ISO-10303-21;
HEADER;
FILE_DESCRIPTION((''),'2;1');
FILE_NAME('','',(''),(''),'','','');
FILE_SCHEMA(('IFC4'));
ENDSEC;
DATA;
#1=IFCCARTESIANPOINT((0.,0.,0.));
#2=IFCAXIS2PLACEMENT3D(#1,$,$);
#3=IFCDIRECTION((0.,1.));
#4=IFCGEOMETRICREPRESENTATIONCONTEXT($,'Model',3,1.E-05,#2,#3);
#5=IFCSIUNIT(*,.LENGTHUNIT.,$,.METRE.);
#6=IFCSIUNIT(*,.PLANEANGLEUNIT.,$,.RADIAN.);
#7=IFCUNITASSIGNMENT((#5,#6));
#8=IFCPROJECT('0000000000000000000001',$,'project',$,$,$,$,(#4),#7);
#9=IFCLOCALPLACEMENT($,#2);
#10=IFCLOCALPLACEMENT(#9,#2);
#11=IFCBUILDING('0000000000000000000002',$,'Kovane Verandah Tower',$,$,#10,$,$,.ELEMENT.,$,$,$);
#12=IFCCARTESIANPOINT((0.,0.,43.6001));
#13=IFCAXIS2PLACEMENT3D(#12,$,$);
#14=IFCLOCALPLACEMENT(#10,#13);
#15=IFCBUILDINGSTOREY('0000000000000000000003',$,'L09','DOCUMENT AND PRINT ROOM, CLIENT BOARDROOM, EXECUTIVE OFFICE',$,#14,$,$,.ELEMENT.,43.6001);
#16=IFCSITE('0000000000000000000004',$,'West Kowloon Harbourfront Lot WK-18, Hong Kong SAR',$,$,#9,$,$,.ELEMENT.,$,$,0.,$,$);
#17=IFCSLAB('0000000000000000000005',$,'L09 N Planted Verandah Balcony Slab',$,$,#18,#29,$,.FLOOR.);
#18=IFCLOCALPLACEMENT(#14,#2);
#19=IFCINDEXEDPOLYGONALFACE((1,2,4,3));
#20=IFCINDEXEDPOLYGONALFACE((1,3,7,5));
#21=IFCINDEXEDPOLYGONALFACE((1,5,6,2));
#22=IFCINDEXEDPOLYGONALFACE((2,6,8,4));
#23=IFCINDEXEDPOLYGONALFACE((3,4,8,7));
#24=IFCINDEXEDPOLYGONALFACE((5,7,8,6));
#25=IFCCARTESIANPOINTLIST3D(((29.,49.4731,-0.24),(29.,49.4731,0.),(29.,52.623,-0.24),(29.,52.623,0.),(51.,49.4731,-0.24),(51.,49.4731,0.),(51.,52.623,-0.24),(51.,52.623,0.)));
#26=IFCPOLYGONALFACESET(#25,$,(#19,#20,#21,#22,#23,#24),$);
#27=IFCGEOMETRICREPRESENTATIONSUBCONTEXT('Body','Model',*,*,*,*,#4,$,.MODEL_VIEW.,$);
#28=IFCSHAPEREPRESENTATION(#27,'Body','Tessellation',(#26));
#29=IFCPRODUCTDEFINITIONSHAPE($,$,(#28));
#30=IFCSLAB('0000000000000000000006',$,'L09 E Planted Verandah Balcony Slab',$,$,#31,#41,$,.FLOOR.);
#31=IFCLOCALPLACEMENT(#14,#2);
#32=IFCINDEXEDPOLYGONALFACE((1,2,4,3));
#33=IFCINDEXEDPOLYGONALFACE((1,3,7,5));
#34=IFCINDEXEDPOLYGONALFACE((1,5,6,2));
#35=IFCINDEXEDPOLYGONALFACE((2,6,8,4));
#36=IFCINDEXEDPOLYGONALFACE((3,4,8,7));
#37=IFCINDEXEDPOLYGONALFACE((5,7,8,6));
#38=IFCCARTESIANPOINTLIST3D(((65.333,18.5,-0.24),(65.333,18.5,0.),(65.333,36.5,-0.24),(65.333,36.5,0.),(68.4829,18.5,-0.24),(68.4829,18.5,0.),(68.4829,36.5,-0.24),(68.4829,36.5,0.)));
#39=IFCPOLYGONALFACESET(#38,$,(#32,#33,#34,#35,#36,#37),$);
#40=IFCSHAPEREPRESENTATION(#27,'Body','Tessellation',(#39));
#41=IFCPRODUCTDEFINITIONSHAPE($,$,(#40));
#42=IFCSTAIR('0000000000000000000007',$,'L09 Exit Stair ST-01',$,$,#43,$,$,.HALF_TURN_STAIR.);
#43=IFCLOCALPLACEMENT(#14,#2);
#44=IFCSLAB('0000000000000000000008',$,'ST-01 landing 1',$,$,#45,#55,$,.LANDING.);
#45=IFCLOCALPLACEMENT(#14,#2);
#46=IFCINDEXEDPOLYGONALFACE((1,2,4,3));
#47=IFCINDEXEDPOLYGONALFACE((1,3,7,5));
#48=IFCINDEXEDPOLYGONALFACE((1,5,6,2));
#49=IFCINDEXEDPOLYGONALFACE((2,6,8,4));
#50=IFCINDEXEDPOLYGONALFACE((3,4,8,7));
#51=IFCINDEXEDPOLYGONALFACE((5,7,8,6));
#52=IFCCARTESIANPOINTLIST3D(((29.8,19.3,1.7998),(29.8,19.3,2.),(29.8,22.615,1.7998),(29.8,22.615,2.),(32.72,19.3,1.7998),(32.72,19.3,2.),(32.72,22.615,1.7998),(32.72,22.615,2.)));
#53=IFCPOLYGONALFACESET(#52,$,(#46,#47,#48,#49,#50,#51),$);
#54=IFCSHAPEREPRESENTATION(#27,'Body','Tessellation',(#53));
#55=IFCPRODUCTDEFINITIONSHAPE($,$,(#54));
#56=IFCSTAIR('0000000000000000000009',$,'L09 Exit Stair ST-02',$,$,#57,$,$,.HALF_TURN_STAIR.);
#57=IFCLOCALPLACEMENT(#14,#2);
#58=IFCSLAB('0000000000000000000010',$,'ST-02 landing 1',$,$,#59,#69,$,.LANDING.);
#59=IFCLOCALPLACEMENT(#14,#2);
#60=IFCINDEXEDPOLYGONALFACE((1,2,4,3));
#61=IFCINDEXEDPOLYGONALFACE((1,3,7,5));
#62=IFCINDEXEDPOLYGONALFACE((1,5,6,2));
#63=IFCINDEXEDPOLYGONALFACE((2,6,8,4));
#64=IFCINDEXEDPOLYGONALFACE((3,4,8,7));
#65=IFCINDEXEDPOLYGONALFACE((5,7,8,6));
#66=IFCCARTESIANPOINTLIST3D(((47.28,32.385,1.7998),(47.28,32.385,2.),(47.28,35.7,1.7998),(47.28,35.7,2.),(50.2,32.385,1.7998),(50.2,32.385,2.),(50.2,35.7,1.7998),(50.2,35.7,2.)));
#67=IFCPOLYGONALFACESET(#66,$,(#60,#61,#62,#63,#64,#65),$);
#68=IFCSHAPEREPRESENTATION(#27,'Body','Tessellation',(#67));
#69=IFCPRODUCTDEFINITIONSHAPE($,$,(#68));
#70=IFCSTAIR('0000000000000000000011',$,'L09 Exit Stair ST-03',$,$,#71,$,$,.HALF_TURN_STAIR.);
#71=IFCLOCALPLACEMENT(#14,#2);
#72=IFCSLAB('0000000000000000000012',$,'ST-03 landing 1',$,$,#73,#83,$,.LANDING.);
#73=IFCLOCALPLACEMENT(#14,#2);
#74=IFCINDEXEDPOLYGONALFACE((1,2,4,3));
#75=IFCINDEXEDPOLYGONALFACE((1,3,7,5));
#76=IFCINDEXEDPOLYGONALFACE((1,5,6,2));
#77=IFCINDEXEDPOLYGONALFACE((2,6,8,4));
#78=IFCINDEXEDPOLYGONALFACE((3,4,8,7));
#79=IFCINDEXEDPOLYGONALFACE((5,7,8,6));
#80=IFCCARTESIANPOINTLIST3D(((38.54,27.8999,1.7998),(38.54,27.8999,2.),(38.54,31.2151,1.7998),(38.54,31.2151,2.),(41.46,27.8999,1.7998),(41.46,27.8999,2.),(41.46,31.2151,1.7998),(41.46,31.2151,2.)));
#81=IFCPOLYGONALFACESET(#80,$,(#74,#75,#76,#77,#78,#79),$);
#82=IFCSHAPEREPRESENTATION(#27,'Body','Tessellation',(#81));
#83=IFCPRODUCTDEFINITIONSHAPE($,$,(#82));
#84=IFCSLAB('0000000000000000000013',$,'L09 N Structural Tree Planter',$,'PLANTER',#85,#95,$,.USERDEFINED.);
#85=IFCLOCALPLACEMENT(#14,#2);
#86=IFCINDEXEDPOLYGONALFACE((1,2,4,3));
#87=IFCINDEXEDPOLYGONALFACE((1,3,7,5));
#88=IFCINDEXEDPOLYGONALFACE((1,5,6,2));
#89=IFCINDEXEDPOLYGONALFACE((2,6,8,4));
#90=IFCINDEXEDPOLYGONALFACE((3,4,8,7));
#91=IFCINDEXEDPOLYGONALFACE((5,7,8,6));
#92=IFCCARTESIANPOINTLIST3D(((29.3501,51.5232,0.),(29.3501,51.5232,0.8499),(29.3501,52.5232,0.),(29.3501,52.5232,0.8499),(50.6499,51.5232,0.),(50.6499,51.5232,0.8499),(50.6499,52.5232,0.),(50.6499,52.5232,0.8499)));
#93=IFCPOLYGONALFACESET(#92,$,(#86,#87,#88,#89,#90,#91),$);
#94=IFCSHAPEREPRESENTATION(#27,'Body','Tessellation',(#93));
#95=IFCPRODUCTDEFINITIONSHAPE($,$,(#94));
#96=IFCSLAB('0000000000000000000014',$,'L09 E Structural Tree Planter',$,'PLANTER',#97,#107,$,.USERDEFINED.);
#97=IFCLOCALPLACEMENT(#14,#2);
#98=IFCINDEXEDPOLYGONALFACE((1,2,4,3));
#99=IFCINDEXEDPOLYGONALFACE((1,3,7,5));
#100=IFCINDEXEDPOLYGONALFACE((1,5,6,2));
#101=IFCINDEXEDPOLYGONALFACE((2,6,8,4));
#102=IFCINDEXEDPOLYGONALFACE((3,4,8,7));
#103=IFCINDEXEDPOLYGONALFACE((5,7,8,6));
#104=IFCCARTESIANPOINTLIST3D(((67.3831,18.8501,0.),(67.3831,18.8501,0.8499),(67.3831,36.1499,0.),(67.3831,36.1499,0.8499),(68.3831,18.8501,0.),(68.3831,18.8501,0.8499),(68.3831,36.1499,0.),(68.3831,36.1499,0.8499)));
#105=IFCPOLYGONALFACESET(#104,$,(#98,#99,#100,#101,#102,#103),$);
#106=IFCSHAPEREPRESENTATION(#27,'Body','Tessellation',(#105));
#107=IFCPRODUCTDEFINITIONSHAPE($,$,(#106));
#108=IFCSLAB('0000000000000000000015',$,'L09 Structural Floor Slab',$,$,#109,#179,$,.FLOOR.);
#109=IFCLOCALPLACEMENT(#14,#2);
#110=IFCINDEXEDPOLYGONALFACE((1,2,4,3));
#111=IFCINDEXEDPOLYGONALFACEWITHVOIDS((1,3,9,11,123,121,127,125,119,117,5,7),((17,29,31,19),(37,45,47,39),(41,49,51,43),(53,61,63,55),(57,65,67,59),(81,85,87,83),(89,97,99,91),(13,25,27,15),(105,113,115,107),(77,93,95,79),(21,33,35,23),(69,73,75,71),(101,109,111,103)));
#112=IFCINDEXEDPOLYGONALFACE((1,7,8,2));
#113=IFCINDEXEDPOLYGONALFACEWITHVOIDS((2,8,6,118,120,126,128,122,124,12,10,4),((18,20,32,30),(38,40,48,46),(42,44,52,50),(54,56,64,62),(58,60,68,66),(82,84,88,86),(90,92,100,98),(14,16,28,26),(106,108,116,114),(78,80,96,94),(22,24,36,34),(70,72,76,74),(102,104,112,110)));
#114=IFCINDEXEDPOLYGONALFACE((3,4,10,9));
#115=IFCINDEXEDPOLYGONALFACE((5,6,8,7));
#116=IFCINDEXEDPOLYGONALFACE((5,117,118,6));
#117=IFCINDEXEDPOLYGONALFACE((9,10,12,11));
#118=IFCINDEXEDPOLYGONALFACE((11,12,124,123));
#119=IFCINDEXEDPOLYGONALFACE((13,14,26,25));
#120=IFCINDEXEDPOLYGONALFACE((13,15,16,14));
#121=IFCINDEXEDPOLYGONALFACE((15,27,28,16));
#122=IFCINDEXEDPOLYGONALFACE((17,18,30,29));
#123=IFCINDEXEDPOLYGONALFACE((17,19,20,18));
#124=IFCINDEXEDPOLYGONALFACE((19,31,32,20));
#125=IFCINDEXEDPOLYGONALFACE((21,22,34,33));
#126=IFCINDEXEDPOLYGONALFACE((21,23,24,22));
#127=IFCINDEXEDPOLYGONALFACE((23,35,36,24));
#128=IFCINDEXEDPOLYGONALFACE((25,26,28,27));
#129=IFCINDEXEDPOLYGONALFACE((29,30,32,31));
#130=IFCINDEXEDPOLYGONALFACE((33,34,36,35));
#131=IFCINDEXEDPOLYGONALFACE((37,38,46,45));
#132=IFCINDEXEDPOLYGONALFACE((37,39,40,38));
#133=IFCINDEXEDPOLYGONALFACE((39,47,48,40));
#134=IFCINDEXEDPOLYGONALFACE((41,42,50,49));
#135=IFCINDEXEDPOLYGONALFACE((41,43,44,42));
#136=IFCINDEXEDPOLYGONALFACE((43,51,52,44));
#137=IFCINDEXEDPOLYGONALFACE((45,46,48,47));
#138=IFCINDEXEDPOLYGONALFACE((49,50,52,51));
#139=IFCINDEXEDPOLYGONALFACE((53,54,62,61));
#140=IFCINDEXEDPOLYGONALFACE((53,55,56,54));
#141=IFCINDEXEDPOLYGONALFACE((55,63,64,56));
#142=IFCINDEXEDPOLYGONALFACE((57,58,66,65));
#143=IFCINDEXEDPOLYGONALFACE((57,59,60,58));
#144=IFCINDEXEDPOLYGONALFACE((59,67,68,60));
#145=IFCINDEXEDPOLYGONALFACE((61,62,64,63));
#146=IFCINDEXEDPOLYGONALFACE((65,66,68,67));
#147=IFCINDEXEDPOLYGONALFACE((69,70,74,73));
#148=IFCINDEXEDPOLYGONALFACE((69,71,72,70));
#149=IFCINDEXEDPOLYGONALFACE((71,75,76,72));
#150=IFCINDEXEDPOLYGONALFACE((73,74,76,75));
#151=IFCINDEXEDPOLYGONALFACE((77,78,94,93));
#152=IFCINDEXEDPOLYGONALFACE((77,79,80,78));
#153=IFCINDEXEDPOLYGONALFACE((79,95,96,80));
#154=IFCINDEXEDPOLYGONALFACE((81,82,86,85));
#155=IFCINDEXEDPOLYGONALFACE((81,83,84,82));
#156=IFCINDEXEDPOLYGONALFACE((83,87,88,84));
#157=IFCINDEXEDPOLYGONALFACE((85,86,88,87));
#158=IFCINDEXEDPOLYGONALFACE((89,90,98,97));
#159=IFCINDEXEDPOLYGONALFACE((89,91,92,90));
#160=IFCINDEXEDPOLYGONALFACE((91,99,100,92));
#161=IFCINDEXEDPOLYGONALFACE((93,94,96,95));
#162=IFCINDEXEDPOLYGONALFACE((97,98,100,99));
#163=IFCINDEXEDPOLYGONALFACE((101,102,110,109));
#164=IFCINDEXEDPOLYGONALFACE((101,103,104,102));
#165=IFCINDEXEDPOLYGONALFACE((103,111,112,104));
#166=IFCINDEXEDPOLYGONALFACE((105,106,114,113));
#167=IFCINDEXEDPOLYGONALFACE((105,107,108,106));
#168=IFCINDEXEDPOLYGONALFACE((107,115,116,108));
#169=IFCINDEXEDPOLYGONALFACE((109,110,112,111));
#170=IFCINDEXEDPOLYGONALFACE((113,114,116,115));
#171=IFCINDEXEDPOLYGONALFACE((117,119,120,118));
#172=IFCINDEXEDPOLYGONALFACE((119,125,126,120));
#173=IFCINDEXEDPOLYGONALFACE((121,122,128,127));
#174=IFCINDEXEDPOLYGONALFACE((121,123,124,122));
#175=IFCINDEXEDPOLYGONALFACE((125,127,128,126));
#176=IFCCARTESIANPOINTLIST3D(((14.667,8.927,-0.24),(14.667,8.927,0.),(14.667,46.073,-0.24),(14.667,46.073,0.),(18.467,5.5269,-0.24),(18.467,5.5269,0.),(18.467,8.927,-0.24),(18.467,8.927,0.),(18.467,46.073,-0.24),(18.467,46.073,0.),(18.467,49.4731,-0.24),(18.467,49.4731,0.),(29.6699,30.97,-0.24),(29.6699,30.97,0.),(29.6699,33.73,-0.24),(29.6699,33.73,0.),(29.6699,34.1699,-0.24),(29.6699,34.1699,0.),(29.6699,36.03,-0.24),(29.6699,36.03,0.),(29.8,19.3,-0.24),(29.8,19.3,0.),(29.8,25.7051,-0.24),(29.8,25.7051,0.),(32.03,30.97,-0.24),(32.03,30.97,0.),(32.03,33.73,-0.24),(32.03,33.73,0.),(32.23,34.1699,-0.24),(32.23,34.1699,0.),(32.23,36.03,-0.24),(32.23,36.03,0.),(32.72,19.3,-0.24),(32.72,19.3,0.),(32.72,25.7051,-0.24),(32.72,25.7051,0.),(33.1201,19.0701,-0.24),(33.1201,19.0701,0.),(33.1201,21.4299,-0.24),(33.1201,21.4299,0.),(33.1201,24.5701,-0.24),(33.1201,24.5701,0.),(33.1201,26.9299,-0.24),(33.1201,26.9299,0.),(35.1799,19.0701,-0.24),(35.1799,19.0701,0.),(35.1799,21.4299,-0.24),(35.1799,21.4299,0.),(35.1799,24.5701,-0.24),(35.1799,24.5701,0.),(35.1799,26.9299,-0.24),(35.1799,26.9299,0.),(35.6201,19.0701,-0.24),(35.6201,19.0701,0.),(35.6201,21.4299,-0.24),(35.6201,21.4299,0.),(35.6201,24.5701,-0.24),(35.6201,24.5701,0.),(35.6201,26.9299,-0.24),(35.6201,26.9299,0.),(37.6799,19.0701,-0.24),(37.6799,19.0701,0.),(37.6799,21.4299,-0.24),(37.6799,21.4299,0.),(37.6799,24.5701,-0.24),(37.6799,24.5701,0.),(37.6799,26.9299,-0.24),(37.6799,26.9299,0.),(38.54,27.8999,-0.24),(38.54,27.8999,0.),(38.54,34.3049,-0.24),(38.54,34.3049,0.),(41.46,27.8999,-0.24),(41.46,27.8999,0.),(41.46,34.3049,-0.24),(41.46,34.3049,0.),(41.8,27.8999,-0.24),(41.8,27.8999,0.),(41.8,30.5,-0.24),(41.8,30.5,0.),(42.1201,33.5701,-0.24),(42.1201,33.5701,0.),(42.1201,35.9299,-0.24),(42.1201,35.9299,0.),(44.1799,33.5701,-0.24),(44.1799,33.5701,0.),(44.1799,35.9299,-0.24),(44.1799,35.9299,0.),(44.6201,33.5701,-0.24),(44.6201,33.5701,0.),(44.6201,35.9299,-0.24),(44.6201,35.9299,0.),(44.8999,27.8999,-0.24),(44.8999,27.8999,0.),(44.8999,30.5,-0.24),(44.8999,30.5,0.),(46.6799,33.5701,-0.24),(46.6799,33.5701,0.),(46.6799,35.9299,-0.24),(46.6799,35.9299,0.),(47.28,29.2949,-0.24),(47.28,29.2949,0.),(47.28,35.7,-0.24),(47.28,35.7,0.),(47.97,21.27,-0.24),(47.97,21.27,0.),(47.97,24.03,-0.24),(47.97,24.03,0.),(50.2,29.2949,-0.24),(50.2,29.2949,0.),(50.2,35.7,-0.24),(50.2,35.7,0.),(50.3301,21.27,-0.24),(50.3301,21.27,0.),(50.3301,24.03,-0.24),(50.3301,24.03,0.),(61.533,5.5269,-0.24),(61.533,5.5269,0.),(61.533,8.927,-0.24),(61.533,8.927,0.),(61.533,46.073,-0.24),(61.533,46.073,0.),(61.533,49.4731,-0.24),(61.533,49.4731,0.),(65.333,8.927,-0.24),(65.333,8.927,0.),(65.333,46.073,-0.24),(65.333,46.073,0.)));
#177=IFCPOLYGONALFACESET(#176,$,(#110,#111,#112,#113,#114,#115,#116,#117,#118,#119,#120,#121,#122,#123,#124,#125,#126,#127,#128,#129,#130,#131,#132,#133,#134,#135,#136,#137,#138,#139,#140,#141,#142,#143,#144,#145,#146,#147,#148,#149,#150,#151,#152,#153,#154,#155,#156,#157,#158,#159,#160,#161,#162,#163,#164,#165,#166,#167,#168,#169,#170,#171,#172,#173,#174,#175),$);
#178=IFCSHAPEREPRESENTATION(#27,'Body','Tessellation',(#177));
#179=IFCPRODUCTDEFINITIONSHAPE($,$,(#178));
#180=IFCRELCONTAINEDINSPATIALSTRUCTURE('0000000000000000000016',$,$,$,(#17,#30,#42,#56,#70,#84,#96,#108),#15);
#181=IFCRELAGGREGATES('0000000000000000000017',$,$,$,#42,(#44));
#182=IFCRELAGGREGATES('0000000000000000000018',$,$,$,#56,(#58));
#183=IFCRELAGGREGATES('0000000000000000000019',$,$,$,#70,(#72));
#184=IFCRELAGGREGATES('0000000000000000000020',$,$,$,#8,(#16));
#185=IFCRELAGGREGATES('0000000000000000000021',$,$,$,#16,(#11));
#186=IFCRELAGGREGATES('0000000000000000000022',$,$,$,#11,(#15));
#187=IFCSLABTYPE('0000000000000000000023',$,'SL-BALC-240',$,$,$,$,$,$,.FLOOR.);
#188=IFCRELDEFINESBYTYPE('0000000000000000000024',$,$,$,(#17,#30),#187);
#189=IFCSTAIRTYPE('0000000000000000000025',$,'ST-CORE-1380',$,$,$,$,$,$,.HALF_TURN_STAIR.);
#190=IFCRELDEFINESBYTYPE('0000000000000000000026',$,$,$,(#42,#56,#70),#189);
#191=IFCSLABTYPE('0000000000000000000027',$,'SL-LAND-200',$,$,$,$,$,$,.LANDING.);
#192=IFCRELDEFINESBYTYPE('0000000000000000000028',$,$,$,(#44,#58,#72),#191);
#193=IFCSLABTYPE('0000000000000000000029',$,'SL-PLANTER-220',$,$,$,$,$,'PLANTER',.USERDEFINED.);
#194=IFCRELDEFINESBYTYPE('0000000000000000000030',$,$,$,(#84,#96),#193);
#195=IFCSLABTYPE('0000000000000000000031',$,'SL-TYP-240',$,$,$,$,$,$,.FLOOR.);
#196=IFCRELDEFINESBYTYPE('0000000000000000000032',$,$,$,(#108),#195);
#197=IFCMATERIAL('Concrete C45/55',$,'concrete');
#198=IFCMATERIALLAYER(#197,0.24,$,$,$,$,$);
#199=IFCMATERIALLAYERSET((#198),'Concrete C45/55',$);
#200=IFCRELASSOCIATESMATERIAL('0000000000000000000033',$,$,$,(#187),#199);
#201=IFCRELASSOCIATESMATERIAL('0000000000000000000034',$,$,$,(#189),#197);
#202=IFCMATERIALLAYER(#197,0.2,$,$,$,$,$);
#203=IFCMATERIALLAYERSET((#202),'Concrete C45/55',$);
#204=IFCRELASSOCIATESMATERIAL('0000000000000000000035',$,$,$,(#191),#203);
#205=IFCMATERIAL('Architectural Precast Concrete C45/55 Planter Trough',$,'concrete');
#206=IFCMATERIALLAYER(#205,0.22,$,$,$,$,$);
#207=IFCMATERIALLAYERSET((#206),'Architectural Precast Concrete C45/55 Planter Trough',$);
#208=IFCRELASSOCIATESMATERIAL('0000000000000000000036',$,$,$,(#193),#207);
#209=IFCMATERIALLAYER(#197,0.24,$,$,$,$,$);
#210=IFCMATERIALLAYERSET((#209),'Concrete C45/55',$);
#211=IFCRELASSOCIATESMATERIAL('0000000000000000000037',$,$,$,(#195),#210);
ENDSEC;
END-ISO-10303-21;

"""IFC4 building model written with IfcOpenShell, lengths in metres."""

from ifc_helpers import new_model, si_unit, direction, frame, origin, place, context, subcontext, project, spatial, polyline, outline, extrude, material, layer, layer_set, type_object, element, aggregate, save


model = new_model("IFC4")

# Units and contexts
model_context = context("Model", 3, precision=1e-05, world=origin(), true_north=direction((0.0, 1.0)))
body_context = subcontext(model_context, "Body", "Model", "MODEL_VIEW")
ifc_project = project(units=[si_unit("LENGTHUNIT", "METRE"), si_unit("PLANEANGLEUNIT", "RADIAN")], contexts=[model_context])

# Site, building, storey
site_placement = place(None, origin())
site = spatial("IfcSite", under=ifc_project, at=site_placement, Name="West Kowloon Harbourfront Lot WK-18, Hong Kong SAR", CompositionType="ELEMENT", RefElevation=0.0)
building_placement = place(site_placement, origin())
building = spatial("IfcBuilding", under=site, at=building_placement, Name="Kovane Verandah Tower", CompositionType="ELEMENT")
storey_placement = place(building_placement, frame((0.0, 0.0, 43.6001)))
storey = spatial("IfcBuildingStorey", under=building, at=storey_placement, Name="L09", Description="DOCUMENT AND PRINT ROOM, CLIENT BOARDROOM, EXECUTIVE OFFICE", CompositionType="ELEMENT", Elevation=43.6001)

# Slabs
ifc_material_1 = material(Name="Concrete C45/55", Category="concrete")
ifc_layer_1 = layer(ifc_material_1, 0.24)
ifc_layer_set_1 = layer_set([ifc_layer_1], Name="Concrete C45/55")
slab_type_1 = type_object("IfcSlabType", Name="SL-BALC-240", PredefinedType="FLOOR", material=ifc_layer_set_1)
slab_1_placement = place(storey_placement, frame((0.0, 0.0, -0.24)))
element("IfcSlab", 1, at=slab_1_placement, inside=storey, type_object=slab_type_1, Name="L09 N Planted Verandah Balcony Slab", PredefinedType="FLOOR", context=body_context, shape_type="SweptSolid", body=[
    extrude(outline(polyline([(29.0, 49.4731), (51.0, 49.4731), (51.0, 52.623), (29.0, 52.623), (29.0, 49.4731)])), origin(), (0.0, 0.0, 1.0), 0.24),
])
slab_2_placement = place(storey_placement, frame((0.0, 0.0, -0.24)))
element("IfcSlab", 2, at=slab_2_placement, inside=storey, type_object=slab_type_1, Name="L09 E Planted Verandah Balcony Slab", PredefinedType="FLOOR", context=body_context, shape_type="SweptSolid", body=[
    extrude(outline(polyline([(65.333, 18.5), (68.4829, 18.5), (68.4829, 36.5), (65.333, 36.5), (65.333, 18.5)])), origin(), (0.0, 0.0, 1.0), 0.24),
])

# Stairs, slabs
stair_type = type_object("IfcStairType", Name="ST-CORE-1380", PredefinedType="HALF_TURN_STAIR", material=ifc_material_1)
stair_1_placement = place(storey_placement, origin())
stair_1 = element("IfcStair", 3, at=stair_1_placement, inside=storey, type_object=stair_type, Name="L09 Exit Stair ST-01", PredefinedType="HALF_TURN_STAIR")
ifc_layer_2 = layer(ifc_material_1, 0.2)
ifc_layer_set_2 = layer_set([ifc_layer_2], Name="Concrete C45/55")
slab_type_2 = type_object("IfcSlabType", Name="SL-LAND-200", PredefinedType="LANDING", material=ifc_layer_set_2)
slab_3_placement = place(storey_placement, frame((0.0, 0.0, 1.7998)))
slab_3 = element("IfcSlab", 4, at=slab_3_placement, type_object=slab_type_2, Name="ST-01 landing 1", PredefinedType="LANDING", context=body_context, shape_type="SweptSolid", body=[
    extrude(outline(polyline([(29.8, 22.615), (29.8, 19.3), (32.72, 19.3), (32.72, 22.615), (29.8, 22.615)])), origin(), (0.0, 0.0, 1.0), 0.2002),
])
aggregate(stair_1, [slab_3])
stair_2_placement = place(storey_placement, origin())
stair_2 = element("IfcStair", 5, at=stair_2_placement, inside=storey, type_object=stair_type, Name="L09 Exit Stair ST-02", PredefinedType="HALF_TURN_STAIR")
slab_4_placement = place(storey_placement, frame((0.0, 0.0, 1.7998)))
slab_4 = element("IfcSlab", 6, at=slab_4_placement, type_object=slab_type_2, Name="ST-02 landing 1", PredefinedType="LANDING", context=body_context, shape_type="SweptSolid", body=[
    extrude(outline(polyline([(50.2, 32.385), (50.2, 35.7), (47.28, 35.7), (47.28, 32.385), (50.2, 32.385)])), origin(), (0.0, 0.0, 1.0), 0.2002),
])
aggregate(stair_2, [slab_4])
stair_3_placement = place(storey_placement, origin())
stair_3 = element("IfcStair", 7, at=stair_3_placement, inside=storey, type_object=stair_type, Name="L09 Exit Stair ST-03", PredefinedType="HALF_TURN_STAIR")
slab_5_placement = place(storey_placement, frame((0.0, 0.0, 1.7998)))
slab_5 = element("IfcSlab", 8, at=slab_5_placement, type_object=slab_type_2, Name="ST-03 landing 1", PredefinedType="LANDING", context=body_context, shape_type="SweptSolid", body=[
    extrude(outline(polyline([(38.54, 31.2151), (38.54, 27.8999), (41.46, 27.8999), (41.46, 31.2151), (38.54, 31.2151)])), origin(), (0.0, 0.0, 1.0), 0.2002),
])
aggregate(stair_3, [slab_5])

# Slabs
ifc_material_2 = material(Name="Architectural Precast Concrete C45/55 Planter Trough", Category="concrete")
ifc_layer_3 = layer(ifc_material_2, 0.22)
ifc_layer_set_3 = layer_set([ifc_layer_3], Name="Architectural Precast Concrete C45/55 Planter Trough")
slab_type_3 = type_object("IfcSlabType", Name="SL-PLANTER-220", ElementType="PLANTER", PredefinedType="USERDEFINED", material=ifc_layer_set_3)
slab_6_placement = place(storey_placement, origin())
element("IfcSlab", 9, at=slab_6_placement, inside=storey, type_object=slab_type_3, Name="L09 N Structural Tree Planter", ObjectType="PLANTER", PredefinedType="USERDEFINED", context=body_context, shape_type="SweptSolid", body=[
    extrude(outline(polyline([(29.3501, 51.5232), (50.6499, 51.5232), (50.6499, 52.5232), (29.3501, 52.5232), (29.3501, 51.5232)])), origin(), (0.0, 0.0, 1.0), 0.8499),
])
slab_7_placement = place(storey_placement, origin())
element("IfcSlab", 10, at=slab_7_placement, inside=storey, type_object=slab_type_3, Name="L09 E Structural Tree Planter", ObjectType="PLANTER", PredefinedType="USERDEFINED", context=body_context, shape_type="SweptSolid", body=[
    extrude(outline(polyline([(67.3831, 18.8501), (68.3831, 18.8501), (68.3831, 36.1499), (67.3831, 36.1499), (67.3831, 18.8501)])), origin(), (0.0, 0.0, 1.0), 0.8499),
])
ifc_layer_4 = layer(ifc_material_1, 0.24)
ifc_layer_set_4 = layer_set([ifc_layer_4], Name="Concrete C45/55")
slab_type_4 = type_object("IfcSlabType", Name="SL-TYP-240", PredefinedType="FLOOR", material=ifc_layer_set_4)
slab_8_placement = place(storey_placement, frame((0.0, 0.0, -0.24)))
element("IfcSlab", 11, at=slab_8_placement, inside=storey, type_object=slab_type_4, Name="L09 Structural Floor Slab", PredefinedType="FLOOR", context=body_context, shape_type="SweptSolid", body=[
    extrude(outline(polyline([(18.467, 5.5269), (61.533, 5.5269), (61.533, 8.927), (65.333, 8.927), (65.333, 46.073), (61.533, 46.073), (61.533, 49.4731), (18.467, 49.4731), (18.467, 46.073), (14.667, 46.073), (14.667, 8.927), (18.467, 8.927), (18.467, 5.5269)]), holes=[polyline([(29.8, 19.3), (32.72, 19.3), (32.72, 25.7051), (29.8, 25.7051), (29.8, 19.3)]), polyline([(47.28, 29.2949), (50.2, 29.2949), (50.2, 35.7), (47.28, 35.7), (47.28, 29.2949)]), polyline([(38.54, 27.8999), (41.46, 27.8999), (41.46, 34.3049), (38.54, 34.3049), (38.54, 27.8999)]), polyline([(29.6699, 30.97), (32.03, 30.97), (32.03, 33.73), (29.6699, 33.73), (29.6699, 30.97)]), polyline([(47.97, 21.27), (50.3301, 21.27), (50.3301, 24.03), (47.97, 24.03), (47.97, 21.27)]), polyline([(29.6699, 34.1699), (32.23, 34.1699), (32.23, 36.03), (29.6699, 36.03), (29.6699, 34.1699)]), polyline([(33.1201, 19.0701), (35.1799, 19.0701), (35.1799, 21.4299), (33.1201, 21.4299), (33.1201, 19.0701)]), polyline([(35.6201, 19.0701), (37.6799, 19.0701), (37.6799, 21.4299), (35.6201, 21.4299), (35.6201, 19.0701)]), polyline([(33.1201, 24.5701), (35.1799, 24.5701), (35.1799, 26.9299), (33.1201, 26.9299), (33.1201, 24.5701)]), polyline([(35.6201, 24.5701), (37.6799, 24.5701), (37.6799, 26.9299), (35.6201, 26.9299), (35.6201, 24.5701)]), polyline([(42.1201, 33.5701), (44.1799, 33.5701), (44.1799, 35.9299), (42.1201, 35.9299), (42.1201, 33.5701)]), polyline([(44.6201, 33.5701), (46.6799, 33.5701), (46.6799, 35.9299), (44.6201, 35.9299), (44.6201, 33.5701)]), polyline([(41.8, 27.8999), (44.8999, 27.8999), (44.8999, 30.5), (41.8, 30.5), (41.8, 27.8999)])]), origin(), (0.0, 0.0, 1.0), 0.24),
])

save(model, "model.ifc")
